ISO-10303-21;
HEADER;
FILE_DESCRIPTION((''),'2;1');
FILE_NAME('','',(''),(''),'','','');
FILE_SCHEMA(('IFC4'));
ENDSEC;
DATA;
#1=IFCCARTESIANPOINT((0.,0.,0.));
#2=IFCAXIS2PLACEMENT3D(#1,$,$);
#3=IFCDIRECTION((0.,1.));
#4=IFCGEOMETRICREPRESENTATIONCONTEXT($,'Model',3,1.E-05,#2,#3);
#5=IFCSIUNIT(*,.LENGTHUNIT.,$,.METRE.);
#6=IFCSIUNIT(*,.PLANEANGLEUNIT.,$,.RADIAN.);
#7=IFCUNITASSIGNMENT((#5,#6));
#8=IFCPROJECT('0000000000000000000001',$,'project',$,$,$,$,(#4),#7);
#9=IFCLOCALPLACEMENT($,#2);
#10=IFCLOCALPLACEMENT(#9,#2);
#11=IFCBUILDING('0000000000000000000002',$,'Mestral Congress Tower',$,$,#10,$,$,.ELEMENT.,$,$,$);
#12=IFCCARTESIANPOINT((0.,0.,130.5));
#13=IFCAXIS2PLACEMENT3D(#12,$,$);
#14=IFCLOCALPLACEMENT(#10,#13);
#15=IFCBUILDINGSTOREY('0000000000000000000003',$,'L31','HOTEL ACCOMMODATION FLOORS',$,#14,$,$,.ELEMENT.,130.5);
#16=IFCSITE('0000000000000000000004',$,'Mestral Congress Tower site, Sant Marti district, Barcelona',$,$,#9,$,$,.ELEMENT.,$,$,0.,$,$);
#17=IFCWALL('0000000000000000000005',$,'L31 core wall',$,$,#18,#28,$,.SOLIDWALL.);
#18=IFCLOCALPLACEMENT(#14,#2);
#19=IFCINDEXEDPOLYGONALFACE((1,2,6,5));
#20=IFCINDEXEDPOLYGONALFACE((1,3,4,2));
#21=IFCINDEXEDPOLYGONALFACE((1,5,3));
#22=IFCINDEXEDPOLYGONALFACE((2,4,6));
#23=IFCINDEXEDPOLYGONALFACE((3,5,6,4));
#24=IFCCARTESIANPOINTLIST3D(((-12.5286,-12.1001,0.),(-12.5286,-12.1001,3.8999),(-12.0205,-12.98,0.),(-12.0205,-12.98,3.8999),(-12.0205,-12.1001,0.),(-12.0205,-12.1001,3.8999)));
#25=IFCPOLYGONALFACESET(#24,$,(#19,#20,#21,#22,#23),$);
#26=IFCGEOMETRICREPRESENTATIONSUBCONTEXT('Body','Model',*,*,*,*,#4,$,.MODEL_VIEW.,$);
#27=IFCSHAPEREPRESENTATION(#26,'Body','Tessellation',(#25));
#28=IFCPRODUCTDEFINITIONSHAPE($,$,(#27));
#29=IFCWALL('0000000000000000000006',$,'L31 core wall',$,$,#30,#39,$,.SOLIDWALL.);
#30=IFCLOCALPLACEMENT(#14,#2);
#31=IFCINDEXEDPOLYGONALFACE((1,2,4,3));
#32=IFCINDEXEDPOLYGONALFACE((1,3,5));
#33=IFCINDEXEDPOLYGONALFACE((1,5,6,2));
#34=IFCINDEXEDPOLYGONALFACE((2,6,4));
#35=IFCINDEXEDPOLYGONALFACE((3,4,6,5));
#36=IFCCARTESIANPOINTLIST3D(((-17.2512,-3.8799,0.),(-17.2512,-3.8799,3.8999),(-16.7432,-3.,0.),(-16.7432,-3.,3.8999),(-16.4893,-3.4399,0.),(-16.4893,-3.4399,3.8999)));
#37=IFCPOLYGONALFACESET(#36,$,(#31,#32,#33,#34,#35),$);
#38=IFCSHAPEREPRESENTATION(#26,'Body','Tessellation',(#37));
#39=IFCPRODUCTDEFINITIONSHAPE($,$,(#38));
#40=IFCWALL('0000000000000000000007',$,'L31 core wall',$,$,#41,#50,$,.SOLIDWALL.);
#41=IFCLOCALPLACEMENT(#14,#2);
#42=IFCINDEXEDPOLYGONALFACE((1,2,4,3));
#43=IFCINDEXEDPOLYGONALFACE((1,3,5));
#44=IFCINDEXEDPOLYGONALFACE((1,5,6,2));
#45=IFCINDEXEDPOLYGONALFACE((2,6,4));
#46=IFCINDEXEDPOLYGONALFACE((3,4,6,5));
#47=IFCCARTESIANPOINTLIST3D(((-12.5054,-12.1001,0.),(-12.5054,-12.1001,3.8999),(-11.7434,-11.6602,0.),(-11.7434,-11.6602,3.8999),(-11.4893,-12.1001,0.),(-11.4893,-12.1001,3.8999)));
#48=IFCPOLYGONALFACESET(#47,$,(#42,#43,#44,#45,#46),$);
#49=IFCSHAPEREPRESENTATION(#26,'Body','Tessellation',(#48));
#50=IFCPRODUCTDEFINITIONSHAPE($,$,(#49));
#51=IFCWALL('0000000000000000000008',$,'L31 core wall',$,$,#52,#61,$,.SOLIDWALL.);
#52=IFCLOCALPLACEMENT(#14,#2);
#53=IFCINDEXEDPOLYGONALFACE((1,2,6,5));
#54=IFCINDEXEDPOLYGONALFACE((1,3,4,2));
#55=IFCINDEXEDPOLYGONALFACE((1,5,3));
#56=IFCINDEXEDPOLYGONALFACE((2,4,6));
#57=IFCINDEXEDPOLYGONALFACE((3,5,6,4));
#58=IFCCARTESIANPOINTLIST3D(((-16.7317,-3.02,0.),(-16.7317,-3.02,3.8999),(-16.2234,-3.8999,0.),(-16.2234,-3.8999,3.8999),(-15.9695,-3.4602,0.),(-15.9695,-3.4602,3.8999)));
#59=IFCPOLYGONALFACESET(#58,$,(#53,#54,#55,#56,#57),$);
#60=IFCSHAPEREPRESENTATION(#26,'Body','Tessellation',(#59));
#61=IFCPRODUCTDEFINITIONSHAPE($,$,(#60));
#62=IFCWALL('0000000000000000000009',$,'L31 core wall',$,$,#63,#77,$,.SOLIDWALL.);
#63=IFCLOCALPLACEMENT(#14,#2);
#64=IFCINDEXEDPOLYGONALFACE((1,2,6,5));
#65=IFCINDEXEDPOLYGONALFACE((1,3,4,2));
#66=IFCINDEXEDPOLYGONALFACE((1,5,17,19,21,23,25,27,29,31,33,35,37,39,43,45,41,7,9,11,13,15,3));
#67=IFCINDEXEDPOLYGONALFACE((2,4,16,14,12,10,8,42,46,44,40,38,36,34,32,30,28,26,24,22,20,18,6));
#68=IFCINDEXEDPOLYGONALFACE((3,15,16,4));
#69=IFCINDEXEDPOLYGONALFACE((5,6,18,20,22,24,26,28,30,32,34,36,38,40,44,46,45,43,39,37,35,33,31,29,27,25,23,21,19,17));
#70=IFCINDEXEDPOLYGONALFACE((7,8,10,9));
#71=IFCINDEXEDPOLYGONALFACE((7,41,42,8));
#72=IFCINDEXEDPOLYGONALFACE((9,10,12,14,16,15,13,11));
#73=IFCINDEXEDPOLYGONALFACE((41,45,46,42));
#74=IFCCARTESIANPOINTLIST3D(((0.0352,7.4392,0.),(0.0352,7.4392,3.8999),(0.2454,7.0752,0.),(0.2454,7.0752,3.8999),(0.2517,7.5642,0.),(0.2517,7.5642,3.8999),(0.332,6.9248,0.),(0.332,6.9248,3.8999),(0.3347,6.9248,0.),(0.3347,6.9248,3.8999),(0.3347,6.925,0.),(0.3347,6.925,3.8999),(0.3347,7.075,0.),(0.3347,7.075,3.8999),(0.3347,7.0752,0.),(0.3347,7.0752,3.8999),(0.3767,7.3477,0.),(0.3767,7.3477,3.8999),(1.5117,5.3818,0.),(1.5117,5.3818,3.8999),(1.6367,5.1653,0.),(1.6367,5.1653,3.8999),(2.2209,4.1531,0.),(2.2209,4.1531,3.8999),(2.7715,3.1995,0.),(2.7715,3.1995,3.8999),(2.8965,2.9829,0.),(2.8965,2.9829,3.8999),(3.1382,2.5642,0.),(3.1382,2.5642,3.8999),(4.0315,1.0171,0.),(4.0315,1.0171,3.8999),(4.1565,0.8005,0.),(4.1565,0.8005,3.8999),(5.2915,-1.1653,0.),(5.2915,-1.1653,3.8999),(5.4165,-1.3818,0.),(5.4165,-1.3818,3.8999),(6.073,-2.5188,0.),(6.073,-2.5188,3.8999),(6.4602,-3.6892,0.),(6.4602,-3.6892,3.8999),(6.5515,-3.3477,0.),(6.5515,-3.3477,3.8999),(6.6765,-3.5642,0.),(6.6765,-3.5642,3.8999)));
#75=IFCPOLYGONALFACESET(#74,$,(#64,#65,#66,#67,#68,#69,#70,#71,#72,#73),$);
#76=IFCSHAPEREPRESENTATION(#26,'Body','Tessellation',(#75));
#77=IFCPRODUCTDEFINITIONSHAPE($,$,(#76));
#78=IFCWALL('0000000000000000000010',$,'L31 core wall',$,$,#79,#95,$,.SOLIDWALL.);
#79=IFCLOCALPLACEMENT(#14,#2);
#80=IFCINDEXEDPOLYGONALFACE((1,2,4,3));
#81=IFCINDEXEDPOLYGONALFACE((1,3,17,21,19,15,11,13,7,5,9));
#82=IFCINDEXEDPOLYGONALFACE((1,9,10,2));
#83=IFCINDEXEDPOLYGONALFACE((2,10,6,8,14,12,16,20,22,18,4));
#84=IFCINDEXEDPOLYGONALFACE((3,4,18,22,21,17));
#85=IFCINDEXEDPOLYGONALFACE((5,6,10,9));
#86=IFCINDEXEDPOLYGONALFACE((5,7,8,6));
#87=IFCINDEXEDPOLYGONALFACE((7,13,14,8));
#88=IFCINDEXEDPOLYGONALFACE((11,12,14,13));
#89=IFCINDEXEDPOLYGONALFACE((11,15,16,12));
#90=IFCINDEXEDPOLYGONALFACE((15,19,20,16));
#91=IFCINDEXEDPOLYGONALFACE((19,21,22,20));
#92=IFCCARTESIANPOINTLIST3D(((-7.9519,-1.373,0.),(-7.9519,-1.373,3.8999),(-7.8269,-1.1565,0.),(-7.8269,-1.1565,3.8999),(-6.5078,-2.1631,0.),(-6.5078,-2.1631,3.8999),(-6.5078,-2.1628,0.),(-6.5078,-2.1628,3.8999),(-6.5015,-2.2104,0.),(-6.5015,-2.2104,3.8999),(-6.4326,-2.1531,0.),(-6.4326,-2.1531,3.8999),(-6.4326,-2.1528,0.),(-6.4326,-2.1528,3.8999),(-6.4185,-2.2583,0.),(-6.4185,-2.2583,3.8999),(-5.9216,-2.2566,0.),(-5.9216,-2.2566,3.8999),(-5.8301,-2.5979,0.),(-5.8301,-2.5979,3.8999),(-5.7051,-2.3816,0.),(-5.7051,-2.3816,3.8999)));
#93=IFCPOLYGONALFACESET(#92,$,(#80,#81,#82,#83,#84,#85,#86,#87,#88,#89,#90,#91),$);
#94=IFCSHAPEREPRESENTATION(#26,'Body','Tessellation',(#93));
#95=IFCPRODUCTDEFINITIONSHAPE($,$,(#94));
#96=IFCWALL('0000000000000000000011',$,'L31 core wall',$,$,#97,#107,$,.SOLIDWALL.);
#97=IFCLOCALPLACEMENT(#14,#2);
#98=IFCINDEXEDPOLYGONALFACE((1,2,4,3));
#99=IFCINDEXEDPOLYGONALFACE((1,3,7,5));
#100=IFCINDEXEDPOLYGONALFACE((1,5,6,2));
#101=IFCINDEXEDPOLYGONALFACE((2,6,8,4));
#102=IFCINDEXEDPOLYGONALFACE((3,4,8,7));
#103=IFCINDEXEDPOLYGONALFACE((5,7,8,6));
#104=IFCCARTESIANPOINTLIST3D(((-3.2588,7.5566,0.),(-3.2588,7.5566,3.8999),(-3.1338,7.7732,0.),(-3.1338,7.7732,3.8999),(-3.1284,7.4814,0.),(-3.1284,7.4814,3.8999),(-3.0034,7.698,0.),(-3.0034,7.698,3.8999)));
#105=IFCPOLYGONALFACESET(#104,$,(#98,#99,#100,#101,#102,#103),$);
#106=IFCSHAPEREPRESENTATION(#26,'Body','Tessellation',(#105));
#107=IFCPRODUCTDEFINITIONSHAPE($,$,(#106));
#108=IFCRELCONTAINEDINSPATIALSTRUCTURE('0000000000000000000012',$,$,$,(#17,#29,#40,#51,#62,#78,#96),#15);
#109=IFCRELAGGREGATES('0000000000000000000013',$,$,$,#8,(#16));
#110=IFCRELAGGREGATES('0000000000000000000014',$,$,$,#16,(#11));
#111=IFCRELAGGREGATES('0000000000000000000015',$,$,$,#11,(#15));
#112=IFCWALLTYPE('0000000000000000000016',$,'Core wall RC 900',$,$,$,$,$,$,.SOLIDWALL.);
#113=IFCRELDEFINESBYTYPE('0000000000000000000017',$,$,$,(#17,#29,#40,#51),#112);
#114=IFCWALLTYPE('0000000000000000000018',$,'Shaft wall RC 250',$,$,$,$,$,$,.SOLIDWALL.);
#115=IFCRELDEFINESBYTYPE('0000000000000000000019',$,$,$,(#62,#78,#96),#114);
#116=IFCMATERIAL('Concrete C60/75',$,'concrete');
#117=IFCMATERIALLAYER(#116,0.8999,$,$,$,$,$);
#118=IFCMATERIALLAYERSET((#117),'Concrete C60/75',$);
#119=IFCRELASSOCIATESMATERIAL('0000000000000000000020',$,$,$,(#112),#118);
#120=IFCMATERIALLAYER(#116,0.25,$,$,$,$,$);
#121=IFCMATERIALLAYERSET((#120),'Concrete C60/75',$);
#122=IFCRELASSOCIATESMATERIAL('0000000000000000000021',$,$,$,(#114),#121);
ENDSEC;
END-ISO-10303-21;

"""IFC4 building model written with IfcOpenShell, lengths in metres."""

from ifc_helpers import new_model, si_unit, direction, frame, origin, place, context, subcontext, project, spatial, polyline, outline, extrude, material, layer, layer_set, type_object, element, save


model = new_model("IFC4")

# Units and contexts
model_context = context("Model", 3, precision=1e-05, world=origin(), true_north=direction((0.0, 1.0)))
body_context = subcontext(model_context, "Body", "Model", "MODEL_VIEW")
ifc_project = project(units=[si_unit("LENGTHUNIT", "METRE"), si_unit("PLANEANGLEUNIT", "RADIAN")], contexts=[model_context])

# Site, building, storey
site_placement = place(None, origin())
site = spatial("IfcSite", under=ifc_project, at=site_placement, Name="Mestral Congress Tower site, Sant Marti district, Barcelona", CompositionType="ELEMENT", RefElevation=0.0)
building_placement = place(site_placement, origin())
building = spatial("IfcBuilding", under=site, at=building_placement, Name="Mestral Congress Tower", CompositionType="ELEMENT")
storey_placement = place(building_placement, frame((0.0, 0.0, 130.5)))
storey = spatial("IfcBuildingStorey", under=building, at=storey_placement, Name="L31", Description="HOTEL ACCOMMODATION FLOORS", CompositionType="ELEMENT", Elevation=130.5)

# Shared definitions
ifc_material_1 = material(Name="Concrete C60/75", Category="concrete")

# Shared definitions
placement_1 = place(storey_placement, origin())

# Walls
ifc_layer_1 = layer(ifc_material_1, 0.8999)
ifc_layer_set_1 = layer_set([ifc_layer_1], Name="Concrete C60/75")
wall_type_1 = type_object("IfcWallType", Name="Core wall RC 900", PredefinedType="SOLIDWALL", material=ifc_layer_set_1)
element("IfcWall", 1, at=placement_1, inside=storey, type_object=wall_type_1, Name="L31 core wall", PredefinedType="SOLIDWALL", context=body_context, shape_type="SweptSolid", body=[
    extrude(outline(polyline([(-12.5286, -12.1001), (-12.0205, -12.1001), (-12.0205, -12.98), (-12.5286, -12.1001)])), origin(), (0.0, 0.0, 1.0), 3.8999),
])
element("IfcWall", 2, at=placement_1, inside=storey, type_object=wall_type_1, Name="L31 core wall", PredefinedType="SOLIDWALL", context=body_context, shape_type="SweptSolid", body=[
    extrude(outline(polyline([(-16.4893, -3.4399), (-17.2512, -3.8799), (-16.7432, -3.0), (-16.4893, -3.4399)])), origin(), (0.0, 0.0, 1.0), 3.8999),
])
element("IfcWall", 3, at=placement_1, inside=storey, type_object=wall_type_1, Name="L31 core wall", PredefinedType="SOLIDWALL", context=body_context, shape_type="SweptSolid", body=[
    extrude(outline(polyline([(-11.4893, -12.1001), (-12.5054, -12.1001), (-11.7434, -11.6602), (-11.4893, -12.1001)])), origin(), (0.0, 0.0, 1.0), 3.8999),
])
element("IfcWall", 4, at=placement_1, inside=storey, type_object=wall_type_1, Name="L31 core wall", PredefinedType="SOLIDWALL", context=body_context, shape_type="SweptSolid", body=[
    extrude(outline(polyline([(-16.2234, -3.8999), (-16.7317, -3.02), (-15.9695, -3.4602), (-16.2234, -3.8999)])), origin(), (0.0, 0.0, 1.0), 3.8999),
])
ifc_layer_2 = layer(ifc_material_1, 0.25)
ifc_layer_set_2 = layer_set([ifc_layer_2], Name="Concrete C60/75")
wall_type_2 = type_object("IfcWallType", Name="Shaft wall RC 250", PredefinedType="SOLIDWALL", material=ifc_layer_set_2)
element("IfcWall", 5, at=placement_1, inside=storey, type_object=wall_type_2, Name="L31 core wall", PredefinedType="SOLIDWALL", context=body_context, shape_type="SweptSolid", body=[
    extrude(outline(polyline([(0.3347, 6.925), (0.3347, 7.075), (0.3347, 7.075), (0.3347, 7.0752), (0.2454, 7.0752), (0.0352, 7.4392), (0.2517, 7.5642), (0.3767, 7.3477), (1.5117, 5.3818), (1.6367, 5.1653), (2.2209, 4.1531), (2.7715, 3.1995), (2.8965, 2.9829), (3.1382, 2.5642), (4.0315, 1.0171), (4.1565, 0.8005), (5.2915, -1.1653), (5.4165, -1.3818), (6.073, -2.5188), (6.5515, -3.3477), (6.6765, -3.5642), (6.4602, -3.6892), (0.332, 6.9248), (0.3347, 6.9248), (0.3347, 6.925), (0.3347, 6.925)])), origin(), (0.0, 0.0, 1.0), 3.8999),
])
element("IfcWall", 6, at=placement_1, inside=storey, type_object=wall_type_2, Name="L31 core wall", PredefinedType="SOLIDWALL", context=body_context, shape_type="SweptSolid", body=[
    extrude(outline(polyline([(-5.9216, -2.2566), (-5.9216, -2.2566), (-5.7051, -2.3816), (-5.8301, -2.5979), (-6.4185, -2.2583), (-6.4326, -2.1531), (-6.4326, -2.1528), (-6.4326, -2.1528), (-6.5078, -2.1628), (-6.5078, -2.1628), (-6.5078, -2.1631), (-6.5015, -2.2104), (-7.9519, -1.373), (-7.8269, -1.1565), (-5.9216, -2.2566)])), origin(), (0.0, 0.0, 1.0), 3.8999),
])
element("IfcWall", 7, at=placement_1, inside=storey, type_object=wall_type_2, Name="L31 core wall", PredefinedType="SOLIDWALL", context=body_context, shape_type="SweptSolid", body=[
    extrude(outline(polyline([(-3.1284, 7.4814), (-3.2588, 7.5566), (-3.1338, 7.7732), (-3.0034, 7.698), (-3.1284, 7.4814)])), origin(), (0.0, 0.0, 1.0), 3.8999),
])

save(model, "model.ifc")
